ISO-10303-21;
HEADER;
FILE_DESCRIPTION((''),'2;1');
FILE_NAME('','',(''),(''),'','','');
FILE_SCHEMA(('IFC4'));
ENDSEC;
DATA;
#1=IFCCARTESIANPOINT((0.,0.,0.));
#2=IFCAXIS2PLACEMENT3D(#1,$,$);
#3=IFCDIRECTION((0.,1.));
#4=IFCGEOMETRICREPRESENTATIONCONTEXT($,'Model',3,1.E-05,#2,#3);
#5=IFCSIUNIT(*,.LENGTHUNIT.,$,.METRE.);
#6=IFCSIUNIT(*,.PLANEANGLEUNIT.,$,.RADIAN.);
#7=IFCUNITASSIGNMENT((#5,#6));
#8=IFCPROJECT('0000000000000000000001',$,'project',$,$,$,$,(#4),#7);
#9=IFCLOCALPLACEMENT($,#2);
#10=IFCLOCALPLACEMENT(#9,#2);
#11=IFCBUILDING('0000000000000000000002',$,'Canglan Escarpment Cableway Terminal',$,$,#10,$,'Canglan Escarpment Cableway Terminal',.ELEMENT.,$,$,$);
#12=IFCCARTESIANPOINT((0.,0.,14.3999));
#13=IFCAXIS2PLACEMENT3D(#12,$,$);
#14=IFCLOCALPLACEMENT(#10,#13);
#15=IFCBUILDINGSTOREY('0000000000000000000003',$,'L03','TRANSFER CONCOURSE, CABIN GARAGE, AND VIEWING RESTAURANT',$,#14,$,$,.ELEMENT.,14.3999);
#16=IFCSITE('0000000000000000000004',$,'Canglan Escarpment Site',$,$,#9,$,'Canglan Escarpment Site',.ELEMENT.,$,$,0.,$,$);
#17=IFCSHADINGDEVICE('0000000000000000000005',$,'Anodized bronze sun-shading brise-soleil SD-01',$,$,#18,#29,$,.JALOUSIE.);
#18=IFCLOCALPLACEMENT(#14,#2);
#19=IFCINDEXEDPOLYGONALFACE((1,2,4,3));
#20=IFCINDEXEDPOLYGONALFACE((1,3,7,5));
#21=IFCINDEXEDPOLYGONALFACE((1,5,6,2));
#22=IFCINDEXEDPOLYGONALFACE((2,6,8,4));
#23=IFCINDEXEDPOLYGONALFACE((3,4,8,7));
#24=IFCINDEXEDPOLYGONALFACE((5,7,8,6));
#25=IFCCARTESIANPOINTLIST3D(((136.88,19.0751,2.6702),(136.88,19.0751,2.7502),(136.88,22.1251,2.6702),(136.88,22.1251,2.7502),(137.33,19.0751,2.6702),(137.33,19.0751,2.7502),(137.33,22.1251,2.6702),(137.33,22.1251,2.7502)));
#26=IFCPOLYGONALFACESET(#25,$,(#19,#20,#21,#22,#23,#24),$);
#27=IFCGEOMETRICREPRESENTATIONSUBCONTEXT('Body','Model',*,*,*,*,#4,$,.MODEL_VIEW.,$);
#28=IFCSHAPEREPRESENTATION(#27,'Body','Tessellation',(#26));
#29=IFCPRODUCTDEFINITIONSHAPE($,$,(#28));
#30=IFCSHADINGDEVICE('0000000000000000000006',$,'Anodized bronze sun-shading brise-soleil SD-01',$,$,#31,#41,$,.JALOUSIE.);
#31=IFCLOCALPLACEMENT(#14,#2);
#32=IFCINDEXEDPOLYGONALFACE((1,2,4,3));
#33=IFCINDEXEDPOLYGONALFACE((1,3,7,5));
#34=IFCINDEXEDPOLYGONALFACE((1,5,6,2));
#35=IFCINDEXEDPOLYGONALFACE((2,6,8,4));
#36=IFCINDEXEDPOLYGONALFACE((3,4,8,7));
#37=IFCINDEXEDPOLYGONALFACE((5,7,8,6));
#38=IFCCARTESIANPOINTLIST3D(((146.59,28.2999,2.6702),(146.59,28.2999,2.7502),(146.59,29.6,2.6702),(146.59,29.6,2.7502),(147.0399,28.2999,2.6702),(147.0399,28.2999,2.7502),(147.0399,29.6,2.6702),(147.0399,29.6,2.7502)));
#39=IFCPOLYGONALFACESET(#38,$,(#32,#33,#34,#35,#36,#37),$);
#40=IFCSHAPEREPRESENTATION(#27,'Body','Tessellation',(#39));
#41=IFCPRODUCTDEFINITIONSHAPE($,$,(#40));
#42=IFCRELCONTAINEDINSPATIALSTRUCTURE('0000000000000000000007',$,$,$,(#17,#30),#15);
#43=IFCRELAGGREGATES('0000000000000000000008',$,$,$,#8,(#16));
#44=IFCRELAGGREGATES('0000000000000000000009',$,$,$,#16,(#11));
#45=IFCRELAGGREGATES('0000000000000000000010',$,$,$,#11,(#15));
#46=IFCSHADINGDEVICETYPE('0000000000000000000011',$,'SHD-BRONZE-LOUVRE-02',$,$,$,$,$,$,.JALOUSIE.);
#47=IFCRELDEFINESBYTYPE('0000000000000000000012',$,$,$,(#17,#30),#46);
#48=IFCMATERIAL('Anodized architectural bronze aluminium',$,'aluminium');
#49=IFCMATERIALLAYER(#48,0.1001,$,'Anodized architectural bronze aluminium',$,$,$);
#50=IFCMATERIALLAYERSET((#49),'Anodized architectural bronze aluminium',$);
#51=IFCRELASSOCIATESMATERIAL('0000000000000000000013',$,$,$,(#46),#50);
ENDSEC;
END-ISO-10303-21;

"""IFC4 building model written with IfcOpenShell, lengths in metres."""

from ifc_helpers import new_model, si_unit, direction, frame, origin, origin_2d, place, context, subcontext, project, spatial, rectangle, extrude, material, layer, layer_set, type_object, element, save


model = new_model("IFC4")

# Units and contexts
model_context = context("Model", 3, precision=1e-05, world=origin(), true_north=direction((0.0, 1.0)))
body_context = subcontext(model_context, "Body", "Model", "MODEL_VIEW")
ifc_project = project(units=[si_unit("LENGTHUNIT", "METRE"), si_unit("PLANEANGLEUNIT", "RADIAN")], contexts=[model_context])

# Site, building, storey
site_placement = place(None, origin())
site = spatial("IfcSite", under=ifc_project, at=site_placement, Name="Canglan Escarpment Site", LongName="Canglan Escarpment Site", CompositionType="ELEMENT", RefElevation=0.0)
building_placement = place(site_placement, origin())
building = spatial("IfcBuilding", under=site, at=building_placement, Name="Canglan Escarpment Cableway Terminal", LongName="Canglan Escarpment Cableway Terminal", CompositionType="ELEMENT")
storey_placement = place(building_placement, frame((0.0, 0.0, 14.3999)))
storey = spatial("IfcBuildingStorey", under=building, at=storey_placement, Name="L03", Description="TRANSFER CONCOURSE, CABIN GARAGE, AND VIEWING RESTAURANT", CompositionType="ELEMENT", Elevation=14.3999)

# Shading devices
ifc_material_1 = material(Name="Anodized architectural bronze aluminium", Category="aluminium")
ifc_layer_1 = layer(ifc_material_1, 0.1001, Name="Anodized architectural bronze aluminium")
ifc_layer_set_1 = layer_set([ifc_layer_1], Name="Anodized architectural bronze aluminium")
shading_device_type_1 = type_object("IfcShadingDeviceType", Name="SHD-BRONZE-LOUVRE-02", PredefinedType="JALOUSIE", material=ifc_layer_set_1)
shading_device_1_placement = place(storey_placement, frame((137.105, 20.6001, 2.6702), z_axis=(0.0, 0.0, 1.0), x_axis=(0.0, 1.0, 0.0)))
element("IfcShadingDevice", 1, at=shading_device_1_placement, inside=storey, type_object=shading_device_type_1, Name="Anodized bronze sun-shading brise-soleil SD-01", PredefinedType="JALOUSIE", context=body_context, shape_type="SweptSolid", body=[
    extrude(rectangle(XDim=3.05, YDim=0.45, at=origin_2d()), origin(), (0.0, 0.0, 1.0), 0.0801),
])
shading_device_2_placement = place(storey_placement, frame((146.8149, 28.95, 2.6702), z_axis=(0.0, 0.0, 1.0), x_axis=(0.0, -1.0, 0.0)))
element("IfcShadingDevice", 2, at=shading_device_2_placement, inside=storey, type_object=shading_device_type_1, Name="Anodized bronze sun-shading brise-soleil SD-01", PredefinedType="JALOUSIE", context=body_context, shape_type="SweptSolid", body=[
    extrude(rectangle(XDim=1.3, YDim=0.45, at=origin_2d()), origin(), (0.0, 0.0, 1.0), 0.0801),
])

save(model, "model.ifc")
